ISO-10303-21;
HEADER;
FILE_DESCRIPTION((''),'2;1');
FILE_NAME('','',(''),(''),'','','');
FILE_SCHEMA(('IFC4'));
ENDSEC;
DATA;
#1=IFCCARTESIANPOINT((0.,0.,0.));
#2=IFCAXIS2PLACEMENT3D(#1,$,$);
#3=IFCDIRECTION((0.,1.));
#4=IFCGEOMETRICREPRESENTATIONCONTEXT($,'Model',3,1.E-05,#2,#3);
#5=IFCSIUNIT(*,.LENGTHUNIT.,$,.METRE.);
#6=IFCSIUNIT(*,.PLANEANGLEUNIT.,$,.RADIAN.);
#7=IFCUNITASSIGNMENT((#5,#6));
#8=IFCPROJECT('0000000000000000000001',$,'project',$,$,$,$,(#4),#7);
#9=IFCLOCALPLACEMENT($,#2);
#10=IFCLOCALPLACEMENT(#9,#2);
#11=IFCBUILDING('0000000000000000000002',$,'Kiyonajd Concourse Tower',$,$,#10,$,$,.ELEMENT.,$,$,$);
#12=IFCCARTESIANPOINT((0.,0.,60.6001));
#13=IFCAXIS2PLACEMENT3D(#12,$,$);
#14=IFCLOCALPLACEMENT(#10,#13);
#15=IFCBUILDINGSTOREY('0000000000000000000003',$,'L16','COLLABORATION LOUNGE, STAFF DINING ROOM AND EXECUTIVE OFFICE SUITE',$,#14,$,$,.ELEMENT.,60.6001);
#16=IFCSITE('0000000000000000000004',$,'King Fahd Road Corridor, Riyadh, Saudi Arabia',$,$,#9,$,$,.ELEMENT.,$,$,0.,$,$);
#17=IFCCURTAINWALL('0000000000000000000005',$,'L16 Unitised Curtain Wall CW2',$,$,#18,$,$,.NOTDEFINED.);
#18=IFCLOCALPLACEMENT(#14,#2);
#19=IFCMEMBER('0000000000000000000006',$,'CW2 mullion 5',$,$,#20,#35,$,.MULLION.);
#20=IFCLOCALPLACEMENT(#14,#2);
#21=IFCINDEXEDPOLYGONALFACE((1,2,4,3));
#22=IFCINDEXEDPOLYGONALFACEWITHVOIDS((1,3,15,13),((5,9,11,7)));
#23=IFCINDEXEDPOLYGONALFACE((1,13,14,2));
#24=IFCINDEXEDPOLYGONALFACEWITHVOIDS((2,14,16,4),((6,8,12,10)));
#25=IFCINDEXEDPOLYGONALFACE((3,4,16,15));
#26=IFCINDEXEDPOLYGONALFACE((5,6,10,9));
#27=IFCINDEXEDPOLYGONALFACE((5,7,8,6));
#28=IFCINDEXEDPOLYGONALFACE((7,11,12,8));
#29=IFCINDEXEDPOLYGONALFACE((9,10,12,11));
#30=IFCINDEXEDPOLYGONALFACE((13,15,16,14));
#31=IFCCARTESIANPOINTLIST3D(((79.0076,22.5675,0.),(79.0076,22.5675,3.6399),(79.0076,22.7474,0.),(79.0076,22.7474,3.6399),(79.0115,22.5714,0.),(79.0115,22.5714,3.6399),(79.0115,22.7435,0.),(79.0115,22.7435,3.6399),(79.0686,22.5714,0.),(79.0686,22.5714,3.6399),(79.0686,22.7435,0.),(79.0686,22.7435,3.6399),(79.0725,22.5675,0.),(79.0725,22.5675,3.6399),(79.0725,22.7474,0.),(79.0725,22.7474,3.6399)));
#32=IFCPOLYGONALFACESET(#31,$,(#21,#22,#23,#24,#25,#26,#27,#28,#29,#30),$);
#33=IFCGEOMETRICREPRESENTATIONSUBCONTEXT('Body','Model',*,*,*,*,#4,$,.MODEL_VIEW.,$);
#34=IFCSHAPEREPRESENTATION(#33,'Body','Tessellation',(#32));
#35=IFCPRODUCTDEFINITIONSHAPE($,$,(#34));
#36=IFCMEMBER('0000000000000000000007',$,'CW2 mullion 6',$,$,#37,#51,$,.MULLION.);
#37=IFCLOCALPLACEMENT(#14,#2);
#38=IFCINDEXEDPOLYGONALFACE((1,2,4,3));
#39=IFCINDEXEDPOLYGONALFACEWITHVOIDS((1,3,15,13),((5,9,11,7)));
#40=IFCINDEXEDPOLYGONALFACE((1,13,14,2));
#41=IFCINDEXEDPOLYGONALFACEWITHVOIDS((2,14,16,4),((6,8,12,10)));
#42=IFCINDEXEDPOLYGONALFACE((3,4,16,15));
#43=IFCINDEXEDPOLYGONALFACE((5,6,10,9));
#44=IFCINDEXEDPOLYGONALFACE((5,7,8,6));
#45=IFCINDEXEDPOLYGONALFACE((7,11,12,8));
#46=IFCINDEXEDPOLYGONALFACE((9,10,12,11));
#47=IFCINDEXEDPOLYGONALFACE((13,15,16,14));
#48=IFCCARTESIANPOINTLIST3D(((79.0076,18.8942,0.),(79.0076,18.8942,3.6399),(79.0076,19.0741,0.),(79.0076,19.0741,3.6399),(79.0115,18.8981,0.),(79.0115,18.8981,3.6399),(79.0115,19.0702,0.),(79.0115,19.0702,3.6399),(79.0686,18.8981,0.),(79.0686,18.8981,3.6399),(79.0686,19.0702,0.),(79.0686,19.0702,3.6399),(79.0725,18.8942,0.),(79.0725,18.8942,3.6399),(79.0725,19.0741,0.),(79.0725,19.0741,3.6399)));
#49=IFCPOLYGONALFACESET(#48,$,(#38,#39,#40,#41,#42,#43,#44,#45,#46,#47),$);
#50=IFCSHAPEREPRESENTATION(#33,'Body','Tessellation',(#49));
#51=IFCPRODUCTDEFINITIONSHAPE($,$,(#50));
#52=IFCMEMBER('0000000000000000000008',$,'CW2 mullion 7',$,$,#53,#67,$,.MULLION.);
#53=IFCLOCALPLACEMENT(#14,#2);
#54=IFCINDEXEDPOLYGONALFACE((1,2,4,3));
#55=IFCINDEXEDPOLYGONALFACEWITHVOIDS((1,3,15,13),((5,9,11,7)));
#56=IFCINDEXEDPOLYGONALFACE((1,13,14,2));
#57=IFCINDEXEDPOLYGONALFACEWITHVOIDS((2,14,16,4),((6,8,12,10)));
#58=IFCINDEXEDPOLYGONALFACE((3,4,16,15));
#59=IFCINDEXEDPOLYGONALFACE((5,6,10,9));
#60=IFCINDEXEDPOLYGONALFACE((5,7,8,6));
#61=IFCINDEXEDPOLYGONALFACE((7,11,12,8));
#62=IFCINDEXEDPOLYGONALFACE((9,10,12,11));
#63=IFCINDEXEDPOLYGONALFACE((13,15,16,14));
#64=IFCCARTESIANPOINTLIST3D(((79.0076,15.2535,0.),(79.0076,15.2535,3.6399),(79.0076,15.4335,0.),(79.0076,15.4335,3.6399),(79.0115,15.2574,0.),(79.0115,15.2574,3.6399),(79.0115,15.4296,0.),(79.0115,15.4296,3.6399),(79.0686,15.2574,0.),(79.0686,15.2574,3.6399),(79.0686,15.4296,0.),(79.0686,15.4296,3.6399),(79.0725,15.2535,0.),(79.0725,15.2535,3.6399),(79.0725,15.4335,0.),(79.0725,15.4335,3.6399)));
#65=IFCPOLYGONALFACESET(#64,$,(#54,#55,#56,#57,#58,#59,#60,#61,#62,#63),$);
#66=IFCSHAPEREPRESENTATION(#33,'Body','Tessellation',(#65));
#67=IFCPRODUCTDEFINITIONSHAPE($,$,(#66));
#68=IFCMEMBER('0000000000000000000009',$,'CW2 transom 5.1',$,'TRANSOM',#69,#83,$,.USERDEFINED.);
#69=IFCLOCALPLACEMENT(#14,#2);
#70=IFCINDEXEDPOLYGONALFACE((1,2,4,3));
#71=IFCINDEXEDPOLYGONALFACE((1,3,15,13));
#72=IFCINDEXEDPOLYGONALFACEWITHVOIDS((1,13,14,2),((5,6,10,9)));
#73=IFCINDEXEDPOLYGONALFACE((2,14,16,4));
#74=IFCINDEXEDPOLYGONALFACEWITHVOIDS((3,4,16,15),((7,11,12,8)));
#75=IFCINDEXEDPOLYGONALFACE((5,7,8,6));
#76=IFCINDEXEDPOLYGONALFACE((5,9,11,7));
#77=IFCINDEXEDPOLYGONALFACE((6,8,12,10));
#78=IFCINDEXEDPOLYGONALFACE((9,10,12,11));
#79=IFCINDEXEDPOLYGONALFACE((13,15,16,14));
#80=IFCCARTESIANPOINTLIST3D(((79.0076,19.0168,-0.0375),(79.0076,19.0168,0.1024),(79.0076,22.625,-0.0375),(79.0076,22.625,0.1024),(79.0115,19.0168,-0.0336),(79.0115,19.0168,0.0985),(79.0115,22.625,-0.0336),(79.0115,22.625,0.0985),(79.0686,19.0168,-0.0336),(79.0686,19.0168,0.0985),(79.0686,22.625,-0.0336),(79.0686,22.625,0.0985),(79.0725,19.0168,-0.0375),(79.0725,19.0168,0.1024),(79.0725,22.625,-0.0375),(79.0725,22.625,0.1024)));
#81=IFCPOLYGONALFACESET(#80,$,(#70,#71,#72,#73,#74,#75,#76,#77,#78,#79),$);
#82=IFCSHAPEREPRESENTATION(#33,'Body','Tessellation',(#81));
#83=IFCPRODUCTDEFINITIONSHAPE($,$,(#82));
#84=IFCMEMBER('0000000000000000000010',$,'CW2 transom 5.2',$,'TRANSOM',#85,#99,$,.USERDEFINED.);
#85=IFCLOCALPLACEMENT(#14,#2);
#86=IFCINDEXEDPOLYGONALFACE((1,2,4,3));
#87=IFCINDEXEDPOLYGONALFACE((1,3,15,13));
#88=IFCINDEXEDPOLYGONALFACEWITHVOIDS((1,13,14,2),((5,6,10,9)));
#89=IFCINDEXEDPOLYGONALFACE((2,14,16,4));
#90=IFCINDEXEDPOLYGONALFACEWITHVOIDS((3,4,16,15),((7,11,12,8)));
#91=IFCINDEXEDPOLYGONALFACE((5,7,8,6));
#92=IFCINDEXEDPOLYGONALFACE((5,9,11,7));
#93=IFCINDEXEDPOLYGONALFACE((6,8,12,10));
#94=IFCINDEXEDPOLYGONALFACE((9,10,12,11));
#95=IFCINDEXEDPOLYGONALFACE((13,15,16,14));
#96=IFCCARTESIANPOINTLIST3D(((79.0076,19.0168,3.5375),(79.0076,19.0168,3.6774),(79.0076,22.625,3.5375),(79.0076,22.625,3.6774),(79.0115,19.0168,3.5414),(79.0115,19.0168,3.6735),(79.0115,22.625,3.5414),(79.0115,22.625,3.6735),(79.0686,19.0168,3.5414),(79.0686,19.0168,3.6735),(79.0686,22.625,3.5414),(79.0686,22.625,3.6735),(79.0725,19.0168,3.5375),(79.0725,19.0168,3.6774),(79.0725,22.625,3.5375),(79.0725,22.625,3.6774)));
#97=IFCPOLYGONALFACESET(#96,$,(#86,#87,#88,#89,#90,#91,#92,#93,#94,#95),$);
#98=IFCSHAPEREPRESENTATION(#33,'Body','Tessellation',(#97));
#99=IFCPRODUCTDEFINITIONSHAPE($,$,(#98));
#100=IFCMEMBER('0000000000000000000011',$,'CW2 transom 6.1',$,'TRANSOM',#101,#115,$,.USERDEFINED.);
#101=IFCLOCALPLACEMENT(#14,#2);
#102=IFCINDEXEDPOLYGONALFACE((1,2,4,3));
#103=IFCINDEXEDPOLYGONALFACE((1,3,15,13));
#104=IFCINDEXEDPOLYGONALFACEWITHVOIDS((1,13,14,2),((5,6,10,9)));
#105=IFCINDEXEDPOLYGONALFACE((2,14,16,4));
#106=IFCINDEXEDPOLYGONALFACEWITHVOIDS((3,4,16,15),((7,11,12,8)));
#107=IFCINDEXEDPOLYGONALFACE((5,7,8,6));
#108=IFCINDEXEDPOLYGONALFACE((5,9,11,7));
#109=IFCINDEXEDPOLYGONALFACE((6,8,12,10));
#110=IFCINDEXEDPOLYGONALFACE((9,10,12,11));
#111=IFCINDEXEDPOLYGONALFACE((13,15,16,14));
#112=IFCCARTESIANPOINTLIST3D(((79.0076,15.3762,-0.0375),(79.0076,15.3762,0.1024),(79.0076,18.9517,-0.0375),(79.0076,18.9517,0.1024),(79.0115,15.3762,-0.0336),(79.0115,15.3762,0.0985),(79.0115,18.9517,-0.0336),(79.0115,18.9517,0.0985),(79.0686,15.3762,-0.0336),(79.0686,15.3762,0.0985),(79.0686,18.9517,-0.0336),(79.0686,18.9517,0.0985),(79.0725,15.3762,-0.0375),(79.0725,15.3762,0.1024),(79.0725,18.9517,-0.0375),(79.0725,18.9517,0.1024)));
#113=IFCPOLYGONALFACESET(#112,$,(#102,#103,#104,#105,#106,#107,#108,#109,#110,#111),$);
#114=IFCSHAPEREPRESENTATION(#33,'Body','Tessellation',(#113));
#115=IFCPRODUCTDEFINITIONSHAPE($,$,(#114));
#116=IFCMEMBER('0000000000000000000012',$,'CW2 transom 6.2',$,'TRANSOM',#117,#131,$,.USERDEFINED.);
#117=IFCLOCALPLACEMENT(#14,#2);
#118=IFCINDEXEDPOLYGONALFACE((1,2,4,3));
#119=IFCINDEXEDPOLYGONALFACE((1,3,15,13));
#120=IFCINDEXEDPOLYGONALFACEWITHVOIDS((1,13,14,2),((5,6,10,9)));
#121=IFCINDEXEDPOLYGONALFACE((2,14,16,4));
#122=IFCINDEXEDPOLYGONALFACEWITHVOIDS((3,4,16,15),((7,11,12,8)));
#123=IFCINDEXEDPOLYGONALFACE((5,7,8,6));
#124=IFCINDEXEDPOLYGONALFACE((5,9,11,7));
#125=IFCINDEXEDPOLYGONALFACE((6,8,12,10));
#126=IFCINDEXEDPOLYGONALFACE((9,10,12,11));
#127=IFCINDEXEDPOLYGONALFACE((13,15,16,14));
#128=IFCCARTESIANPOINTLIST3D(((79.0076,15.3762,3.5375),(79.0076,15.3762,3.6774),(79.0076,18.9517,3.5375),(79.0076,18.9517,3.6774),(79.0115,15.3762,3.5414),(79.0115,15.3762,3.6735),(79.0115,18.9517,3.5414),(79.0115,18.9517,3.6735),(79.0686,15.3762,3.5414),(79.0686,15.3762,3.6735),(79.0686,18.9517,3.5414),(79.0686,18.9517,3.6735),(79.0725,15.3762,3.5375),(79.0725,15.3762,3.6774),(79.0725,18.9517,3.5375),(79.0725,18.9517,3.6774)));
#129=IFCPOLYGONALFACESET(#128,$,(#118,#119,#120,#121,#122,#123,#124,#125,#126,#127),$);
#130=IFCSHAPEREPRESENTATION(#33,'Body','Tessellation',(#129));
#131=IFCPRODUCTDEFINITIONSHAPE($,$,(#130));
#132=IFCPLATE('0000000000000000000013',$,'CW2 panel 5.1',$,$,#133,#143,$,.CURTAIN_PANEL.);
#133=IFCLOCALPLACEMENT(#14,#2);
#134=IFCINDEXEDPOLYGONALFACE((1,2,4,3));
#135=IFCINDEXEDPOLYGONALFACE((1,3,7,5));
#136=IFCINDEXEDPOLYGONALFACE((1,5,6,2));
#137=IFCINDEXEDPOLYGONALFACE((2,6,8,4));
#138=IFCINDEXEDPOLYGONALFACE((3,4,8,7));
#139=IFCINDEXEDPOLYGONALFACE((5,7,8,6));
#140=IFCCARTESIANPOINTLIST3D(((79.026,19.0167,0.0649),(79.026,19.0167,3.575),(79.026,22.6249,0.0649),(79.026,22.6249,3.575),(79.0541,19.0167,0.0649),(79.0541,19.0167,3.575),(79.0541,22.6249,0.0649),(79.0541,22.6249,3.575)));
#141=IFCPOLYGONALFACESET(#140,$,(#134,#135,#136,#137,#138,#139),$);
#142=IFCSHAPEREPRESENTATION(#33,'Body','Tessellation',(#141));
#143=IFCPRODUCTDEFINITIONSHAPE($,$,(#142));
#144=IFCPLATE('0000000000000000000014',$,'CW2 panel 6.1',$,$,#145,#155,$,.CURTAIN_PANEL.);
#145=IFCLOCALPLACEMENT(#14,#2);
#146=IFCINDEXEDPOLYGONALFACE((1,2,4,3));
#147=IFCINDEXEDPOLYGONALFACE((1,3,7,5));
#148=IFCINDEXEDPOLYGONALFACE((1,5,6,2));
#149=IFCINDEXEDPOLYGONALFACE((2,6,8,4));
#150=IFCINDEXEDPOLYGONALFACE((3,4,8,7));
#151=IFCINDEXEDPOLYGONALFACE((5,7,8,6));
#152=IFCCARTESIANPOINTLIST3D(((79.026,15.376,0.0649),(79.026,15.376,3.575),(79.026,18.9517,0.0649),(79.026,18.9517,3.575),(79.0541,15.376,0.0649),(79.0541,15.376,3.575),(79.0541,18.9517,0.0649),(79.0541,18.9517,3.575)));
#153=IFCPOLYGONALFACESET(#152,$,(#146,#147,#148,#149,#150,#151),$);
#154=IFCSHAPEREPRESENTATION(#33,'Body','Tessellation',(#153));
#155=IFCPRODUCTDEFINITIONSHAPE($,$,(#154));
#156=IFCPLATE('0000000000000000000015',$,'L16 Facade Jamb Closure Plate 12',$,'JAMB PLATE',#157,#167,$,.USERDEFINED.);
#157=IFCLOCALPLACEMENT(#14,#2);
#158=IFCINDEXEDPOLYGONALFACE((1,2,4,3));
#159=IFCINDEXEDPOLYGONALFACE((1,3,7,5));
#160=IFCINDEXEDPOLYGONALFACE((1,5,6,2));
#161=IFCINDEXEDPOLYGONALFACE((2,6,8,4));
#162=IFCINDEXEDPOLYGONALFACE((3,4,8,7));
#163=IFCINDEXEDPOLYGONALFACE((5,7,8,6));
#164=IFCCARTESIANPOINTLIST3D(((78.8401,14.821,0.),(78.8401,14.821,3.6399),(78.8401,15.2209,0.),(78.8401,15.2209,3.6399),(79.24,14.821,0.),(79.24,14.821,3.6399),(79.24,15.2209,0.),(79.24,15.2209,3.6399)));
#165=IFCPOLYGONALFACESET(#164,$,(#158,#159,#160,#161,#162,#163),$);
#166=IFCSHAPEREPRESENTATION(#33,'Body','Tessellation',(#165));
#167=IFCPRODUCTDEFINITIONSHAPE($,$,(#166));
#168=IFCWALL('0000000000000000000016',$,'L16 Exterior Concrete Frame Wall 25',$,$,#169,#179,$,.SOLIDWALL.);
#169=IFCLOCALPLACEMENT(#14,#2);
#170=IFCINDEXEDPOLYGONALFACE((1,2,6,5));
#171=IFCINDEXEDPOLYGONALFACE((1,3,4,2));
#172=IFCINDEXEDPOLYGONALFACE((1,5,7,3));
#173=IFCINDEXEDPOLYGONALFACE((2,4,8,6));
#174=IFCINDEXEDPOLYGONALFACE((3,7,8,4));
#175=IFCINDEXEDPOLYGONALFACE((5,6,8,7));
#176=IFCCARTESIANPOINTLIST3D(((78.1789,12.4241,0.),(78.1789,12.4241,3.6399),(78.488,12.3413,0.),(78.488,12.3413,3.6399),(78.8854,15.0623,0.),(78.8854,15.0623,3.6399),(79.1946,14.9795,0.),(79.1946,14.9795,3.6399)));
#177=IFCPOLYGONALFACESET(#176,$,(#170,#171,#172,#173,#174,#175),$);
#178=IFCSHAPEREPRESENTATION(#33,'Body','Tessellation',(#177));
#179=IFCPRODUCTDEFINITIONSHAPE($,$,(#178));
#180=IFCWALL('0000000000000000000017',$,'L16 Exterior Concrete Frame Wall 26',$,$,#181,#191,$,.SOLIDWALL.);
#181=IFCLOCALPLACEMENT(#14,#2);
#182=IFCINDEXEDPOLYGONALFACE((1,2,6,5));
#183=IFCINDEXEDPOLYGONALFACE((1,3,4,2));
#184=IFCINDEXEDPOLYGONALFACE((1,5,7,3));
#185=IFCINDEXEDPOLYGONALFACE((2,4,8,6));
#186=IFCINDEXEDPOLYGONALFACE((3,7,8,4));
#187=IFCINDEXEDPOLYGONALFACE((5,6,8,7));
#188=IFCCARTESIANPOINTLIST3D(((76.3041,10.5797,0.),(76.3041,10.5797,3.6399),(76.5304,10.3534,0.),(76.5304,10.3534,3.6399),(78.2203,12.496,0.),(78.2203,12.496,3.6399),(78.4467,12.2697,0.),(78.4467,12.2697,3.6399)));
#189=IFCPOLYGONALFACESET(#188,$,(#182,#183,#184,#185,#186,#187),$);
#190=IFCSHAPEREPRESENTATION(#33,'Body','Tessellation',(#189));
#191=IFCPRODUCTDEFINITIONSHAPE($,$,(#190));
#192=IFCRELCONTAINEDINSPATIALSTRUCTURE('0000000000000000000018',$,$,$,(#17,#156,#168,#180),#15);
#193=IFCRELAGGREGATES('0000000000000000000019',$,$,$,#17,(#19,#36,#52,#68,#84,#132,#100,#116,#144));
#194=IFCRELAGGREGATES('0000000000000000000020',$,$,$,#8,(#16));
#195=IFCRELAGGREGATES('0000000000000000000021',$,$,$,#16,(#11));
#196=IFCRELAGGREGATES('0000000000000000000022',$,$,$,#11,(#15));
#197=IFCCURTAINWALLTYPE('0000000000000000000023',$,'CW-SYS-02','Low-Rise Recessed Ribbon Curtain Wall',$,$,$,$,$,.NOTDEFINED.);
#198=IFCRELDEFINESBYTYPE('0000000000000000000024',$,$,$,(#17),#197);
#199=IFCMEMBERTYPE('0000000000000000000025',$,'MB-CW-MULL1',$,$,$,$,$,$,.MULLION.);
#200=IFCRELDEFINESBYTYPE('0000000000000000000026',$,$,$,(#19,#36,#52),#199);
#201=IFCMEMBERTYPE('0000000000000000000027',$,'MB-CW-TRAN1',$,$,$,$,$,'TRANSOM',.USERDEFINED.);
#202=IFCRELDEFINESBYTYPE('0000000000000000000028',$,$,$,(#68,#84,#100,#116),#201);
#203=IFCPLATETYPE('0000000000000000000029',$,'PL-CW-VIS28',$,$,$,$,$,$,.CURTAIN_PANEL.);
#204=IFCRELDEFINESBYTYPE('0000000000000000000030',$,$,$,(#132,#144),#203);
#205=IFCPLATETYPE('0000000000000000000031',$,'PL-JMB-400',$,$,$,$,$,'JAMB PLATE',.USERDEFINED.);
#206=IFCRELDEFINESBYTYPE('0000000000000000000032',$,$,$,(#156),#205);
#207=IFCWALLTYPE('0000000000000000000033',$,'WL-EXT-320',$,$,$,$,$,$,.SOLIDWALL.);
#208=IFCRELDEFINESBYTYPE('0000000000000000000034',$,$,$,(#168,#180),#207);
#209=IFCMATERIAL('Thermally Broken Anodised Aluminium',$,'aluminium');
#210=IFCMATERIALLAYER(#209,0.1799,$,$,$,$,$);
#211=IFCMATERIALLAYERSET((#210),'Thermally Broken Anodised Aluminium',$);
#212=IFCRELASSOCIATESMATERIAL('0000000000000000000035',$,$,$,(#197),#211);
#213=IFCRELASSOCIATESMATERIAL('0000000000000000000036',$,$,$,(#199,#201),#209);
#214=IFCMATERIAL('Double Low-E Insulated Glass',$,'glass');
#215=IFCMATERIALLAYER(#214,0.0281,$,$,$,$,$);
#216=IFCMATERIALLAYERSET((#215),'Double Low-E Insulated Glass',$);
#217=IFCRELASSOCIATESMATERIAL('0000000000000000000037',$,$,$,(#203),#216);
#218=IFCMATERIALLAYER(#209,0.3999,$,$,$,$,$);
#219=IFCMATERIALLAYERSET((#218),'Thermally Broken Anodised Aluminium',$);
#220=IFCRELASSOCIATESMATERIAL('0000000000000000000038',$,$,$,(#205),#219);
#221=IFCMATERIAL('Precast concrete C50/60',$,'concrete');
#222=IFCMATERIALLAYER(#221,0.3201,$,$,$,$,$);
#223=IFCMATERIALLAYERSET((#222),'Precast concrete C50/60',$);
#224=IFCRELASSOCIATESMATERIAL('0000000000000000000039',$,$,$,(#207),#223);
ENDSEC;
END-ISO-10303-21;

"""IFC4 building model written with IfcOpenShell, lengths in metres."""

from ifc_helpers import new_model, si_unit, direction, frame, frame_2d, origin, origin_2d, place, context, subcontext, project, spatial, rectangle, hollow_rectangle, extrude, material, layer, layer_set, material_profile, profile_set, type_object, element, aggregate, save


model = new_model("IFC4")

# Units and contexts
model_context = context("Model", 3, precision=1e-05, world=origin(), true_north=direction((0.0, 1.0)))
body_context = subcontext(model_context, "Body", "Model", "MODEL_VIEW")
ifc_project = project(units=[si_unit("LENGTHUNIT", "METRE"), si_unit("PLANEANGLEUNIT", "RADIAN")], contexts=[model_context])

# Site, building, storey
site_placement = place(None, origin())
site = spatial("IfcSite", under=ifc_project, at=site_placement, Name="King Fahd Road Corridor, Riyadh, Saudi Arabia", CompositionType="ELEMENT", RefElevation=0.0)
building_placement = place(site_placement, origin())
building = spatial("IfcBuilding", under=site, at=building_placement, Name="Kiyonajd Concourse Tower", CompositionType="ELEMENT")
storey_placement = place(building_placement, frame((0.0, 0.0, 60.6001)))
storey = spatial("IfcBuildingStorey", under=building, at=storey_placement, Name="L16", Description="COLLABORATION LOUNGE, STAFF DINING ROOM AND EXECUTIVE OFFICE SUITE", CompositionType="ELEMENT", Elevation=60.6001)

# Shared definitions
ifc_material_1 = material(Name="Precast concrete C50/60", Category="concrete")

# Curtain wall, members, plates
ifc_material_2 = material(Name="Thermally Broken Anodised Aluminium", Category="aluminium")
ifc_layer_1 = layer(ifc_material_2, 0.1799)
ifc_layer_set_1 = layer_set([ifc_layer_1], Name="Thermally Broken Anodised Aluminium")
curtain_wall_type = type_object("IfcCurtainWallType", Name="CW-SYS-02", Description="Low-Rise Recessed Ribbon Curtain Wall", PredefinedType="NOTDEFINED", material=ifc_layer_set_1)
curtain_wall_placement = place(storey_placement, origin())
curtain_wall = element("IfcCurtainWall", 1, at=curtain_wall_placement, inside=storey, type_object=curtain_wall_type, Name="L16 Unitised Curtain Wall CW2", PredefinedType="NOTDEFINED")
ifc_material_profile_1 = material_profile(ifc_material_2, hollow_rectangle(XDim=0.0649, YDim=0.1799, WallThickness=0.0039, at=origin_2d()), Name="MULL-65x180")
ifc_profile_set_1 = profile_set([ifc_material_profile_1], Name="Thermally Broken Anodised Aluminium")
member_type_1 = type_object("IfcMemberType", Name="MB-CW-MULL1", PredefinedType="MULLION", material=ifc_profile_set_1)
member_1_placement = place(storey_placement, frame((79.04, 22.6575, 0.0), z_axis=(0.0, 0.0, 1.0), x_axis=(1.0, 0.0, 0.0)))
member_1 = element("IfcMember", 2, at=member_1_placement, type_object=member_type_1, Name="CW2 mullion 5", PredefinedType="MULLION", context=body_context, shape_type="SweptSolid", body=[
    extrude(hollow_rectangle(XDim=0.0649, YDim=0.1799, WallThickness=0.0039, at=origin_2d()), origin(), (0.0, 0.0, 1.0), 3.6399),
])
member_2_placement = place(storey_placement, frame((79.04, 18.9841, 0.0), z_axis=(0.0, 0.0, 1.0), x_axis=(1.0, 0.0, 0.0)))
member_2 = element("IfcMember", 3, at=member_2_placement, type_object=member_type_1, Name="CW2 mullion 6", PredefinedType="MULLION", context=body_context, shape_type="SweptSolid", body=[
    extrude(hollow_rectangle(XDim=0.0649, YDim=0.1799, WallThickness=0.0039, at=origin_2d()), origin(), (0.0, 0.0, 1.0), 3.6399),
])
member_3_placement = place(storey_placement, frame((79.04, 15.3435, 0.0), z_axis=(0.0, 0.0, 1.0), x_axis=(1.0, 0.0, 0.0)))
member_3 = element("IfcMember", 4, at=member_3_placement, type_object=member_type_1, Name="CW2 mullion 7", PredefinedType="MULLION", context=body_context, shape_type="SweptSolid", body=[
    extrude(hollow_rectangle(XDim=0.0649, YDim=0.1799, WallThickness=0.0039, at=origin_2d()), origin(), (0.0, 0.0, 1.0), 3.6399),
])
ifc_material_profile_2 = material_profile(ifc_material_2, hollow_rectangle(XDim=0.0649, YDim=0.1399, WallThickness=0.0039, at=origin_2d()), Name="TRAN-65x140")
ifc_profile_set_2 = profile_set([ifc_material_profile_2], Name="Thermally Broken Anodised Aluminium")
member_type_2 = type_object("IfcMemberType", Name="MB-CW-TRAN1", ElementType="TRANSOM", PredefinedType="USERDEFINED", material=ifc_profile_set_2)
member_4_placement = place(storey_placement, frame((79.04, 22.625, 0.0325), z_axis=(0.0, -1.0, 0.0), x_axis=(1.0, 0.0, 0.0)))
member_4 = element("IfcMember", 5, at=member_4_placement, type_object=member_type_2, Name="CW2 transom 5.1", ObjectType="TRANSOM", PredefinedType="USERDEFINED", context=body_context, shape_type="SweptSolid", body=[
    extrude(hollow_rectangle(XDim=0.0649, YDim=0.1399, WallThickness=0.0039, at=origin_2d()), origin(), (0.0, 0.0, 1.0), 3.6082),
])
member_5_placement = place(storey_placement, frame((79.04, 22.625, 3.6074), z_axis=(0.0, -1.0, 0.0), x_axis=(1.0, 0.0, 0.0)))
member_5 = element("IfcMember", 6, at=member_5_placement, type_object=member_type_2, Name="CW2 transom 5.2", ObjectType="TRANSOM", PredefinedType="USERDEFINED", context=body_context, shape_type="SweptSolid", body=[
    extrude(hollow_rectangle(XDim=0.0649, YDim=0.1399, WallThickness=0.0039, at=origin_2d()), origin(), (0.0, 0.0, 1.0), 3.6082),
])
member_6_placement = place(storey_placement, frame((79.04, 18.9517, 0.0325), z_axis=(0.0, -1.0, 0.0), x_axis=(1.0, 0.0, 0.0)))
member_6 = element("IfcMember", 7, at=member_6_placement, type_object=member_type_2, Name="CW2 transom 6.1", ObjectType="TRANSOM", PredefinedType="USERDEFINED", context=body_context, shape_type="SweptSolid", body=[
    extrude(hollow_rectangle(XDim=0.0649, YDim=0.1399, WallThickness=0.0039, at=origin_2d()), origin(), (0.0, 0.0, 1.0), 3.5754),
])
member_7_placement = place(storey_placement, frame((79.04, 18.9517, 3.6074), z_axis=(0.0, -1.0, 0.0), x_axis=(1.0, 0.0, 0.0)))
member_7 = element("IfcMember", 8, at=member_7_placement, type_object=member_type_2, Name="CW2 transom 6.2", ObjectType="TRANSOM", PredefinedType="USERDEFINED", context=body_context, shape_type="SweptSolid", body=[
    extrude(hollow_rectangle(XDim=0.0649, YDim=0.1399, WallThickness=0.0039, at=origin_2d()), origin(), (0.0, 0.0, 1.0), 3.5754),
])
ifc_material_3 = material(Name="Double Low-E Insulated Glass", Category="glass")
ifc_layer_2 = layer(ifc_material_3, 0.0281)
ifc_layer_set_2 = layer_set([ifc_layer_2], Name="Double Low-E Insulated Glass")
plate_type_1 = type_object("IfcPlateType", Name="PL-CW-VIS28", PredefinedType="CURTAIN_PANEL", material=ifc_layer_set_2)
plate_1_placement = place(storey_placement, frame((79.04, 20.8208, 0.0649), z_axis=(0.0, 0.0, 1.0), x_axis=(0.0, -1.0, 0.0)))
plate_1 = element("IfcPlate", 9, at=plate_1_placement, type_object=plate_type_1, Name="CW2 panel 5.1", PredefinedType="CURTAIN_PANEL", context=body_context, shape_type="SweptSolid", body=[
    extrude(rectangle(XDim=3.6082, YDim=0.0281, at=origin_2d()), origin(), (0.0, 0.0, 1.0), 3.51),
])
plate_2_placement = place(storey_placement, frame((79.04, 17.1638, 0.0649), z_axis=(0.0, 0.0, 1.0), x_axis=(0.0, -1.0, 0.0)))
plate_2 = element("IfcPlate", 10, at=plate_2_placement, type_object=plate_type_1, Name="CW2 panel 6.1", PredefinedType="CURTAIN_PANEL", context=body_context, shape_type="SweptSolid", body=[
    extrude(rectangle(XDim=3.5757, YDim=0.0281, at=origin_2d()), origin(), (0.0, 0.0, 1.0), 3.51),
])
aggregate(curtain_wall, [member_1, member_2, member_3, member_4, member_5, plate_1, member_6, member_7, plate_2])

# Plate
ifc_layer_3 = layer(ifc_material_2, 0.3999)
ifc_layer_set_3 = layer_set([ifc_layer_3], Name="Thermally Broken Anodised Aluminium")
plate_type_2 = type_object("IfcPlateType", Name="PL-JMB-400", ElementType="JAMB PLATE", PredefinedType="USERDEFINED", material=ifc_layer_set_3)
plate_3_placement = place(storey_placement, frame((79.04, 15.021, 0.0), z_axis=(0.0, 0.0, 1.0), x_axis=(1.0, 0.0, 0.0)))
element("IfcPlate", 11, at=plate_3_placement, inside=storey, type_object=plate_type_2, Name="L16 Facade Jamb Closure Plate 12", ObjectType="JAMB PLATE", PredefinedType="USERDEFINED", context=body_context, shape_type="SweptSolid", body=[
    extrude(rectangle(XDim=0.3999, YDim=0.3999, at=origin_2d()), origin(), (0.0, 0.0, 1.0), 3.6399),
])

# Walls
ifc_layer_4 = layer(ifc_material_1, 0.3201)
ifc_layer_set_4 = layer_set([ifc_layer_4], Name="Precast concrete C50/60")
wall_type_1 = type_object("IfcWallType", Name="WL-EXT-320", PredefinedType="SOLIDWALL", material=ifc_layer_set_4)
wall_1_placement = place(storey_placement, frame((79.04, 15.021, 0.0), z_axis=(0.0, 0.0, 1.0), x_axis=(-0.258697, -0.965958, 0.0)))
element("IfcWall", 12, at=wall_1_placement, inside=storey, type_object=wall_type_1, Name="L16 Exterior Concrete Frame Wall 25", PredefinedType="SOLIDWALL", context=body_context, shape_type="SweptSolid", body=[
    extrude(rectangle(XDim=2.7312, YDim=0.3201, at=frame_2d((1.3657, 0.0))), origin(), (0.0, 0.0, 1.0), 3.6399),
])
wall_2_placement = place(storey_placement, frame((78.3335, 12.3828, 0.0), z_axis=(0.0, 0.0, 1.0), x_axis=(-0.707107, -0.707107, 0.0)))
element("IfcWall", 13, at=wall_2_placement, inside=storey, type_object=wall_type_1, Name="L16 Exterior Concrete Frame Wall 26", PredefinedType="SOLIDWALL", context=body_context, shape_type="SweptSolid", body=[
    extrude(rectangle(XDim=2.71, YDim=0.3201, at=frame_2d((1.355, 0.0))), origin(), (0.0, 0.0, 1.0), 3.6399),
])

save(model, "model.ifc")
